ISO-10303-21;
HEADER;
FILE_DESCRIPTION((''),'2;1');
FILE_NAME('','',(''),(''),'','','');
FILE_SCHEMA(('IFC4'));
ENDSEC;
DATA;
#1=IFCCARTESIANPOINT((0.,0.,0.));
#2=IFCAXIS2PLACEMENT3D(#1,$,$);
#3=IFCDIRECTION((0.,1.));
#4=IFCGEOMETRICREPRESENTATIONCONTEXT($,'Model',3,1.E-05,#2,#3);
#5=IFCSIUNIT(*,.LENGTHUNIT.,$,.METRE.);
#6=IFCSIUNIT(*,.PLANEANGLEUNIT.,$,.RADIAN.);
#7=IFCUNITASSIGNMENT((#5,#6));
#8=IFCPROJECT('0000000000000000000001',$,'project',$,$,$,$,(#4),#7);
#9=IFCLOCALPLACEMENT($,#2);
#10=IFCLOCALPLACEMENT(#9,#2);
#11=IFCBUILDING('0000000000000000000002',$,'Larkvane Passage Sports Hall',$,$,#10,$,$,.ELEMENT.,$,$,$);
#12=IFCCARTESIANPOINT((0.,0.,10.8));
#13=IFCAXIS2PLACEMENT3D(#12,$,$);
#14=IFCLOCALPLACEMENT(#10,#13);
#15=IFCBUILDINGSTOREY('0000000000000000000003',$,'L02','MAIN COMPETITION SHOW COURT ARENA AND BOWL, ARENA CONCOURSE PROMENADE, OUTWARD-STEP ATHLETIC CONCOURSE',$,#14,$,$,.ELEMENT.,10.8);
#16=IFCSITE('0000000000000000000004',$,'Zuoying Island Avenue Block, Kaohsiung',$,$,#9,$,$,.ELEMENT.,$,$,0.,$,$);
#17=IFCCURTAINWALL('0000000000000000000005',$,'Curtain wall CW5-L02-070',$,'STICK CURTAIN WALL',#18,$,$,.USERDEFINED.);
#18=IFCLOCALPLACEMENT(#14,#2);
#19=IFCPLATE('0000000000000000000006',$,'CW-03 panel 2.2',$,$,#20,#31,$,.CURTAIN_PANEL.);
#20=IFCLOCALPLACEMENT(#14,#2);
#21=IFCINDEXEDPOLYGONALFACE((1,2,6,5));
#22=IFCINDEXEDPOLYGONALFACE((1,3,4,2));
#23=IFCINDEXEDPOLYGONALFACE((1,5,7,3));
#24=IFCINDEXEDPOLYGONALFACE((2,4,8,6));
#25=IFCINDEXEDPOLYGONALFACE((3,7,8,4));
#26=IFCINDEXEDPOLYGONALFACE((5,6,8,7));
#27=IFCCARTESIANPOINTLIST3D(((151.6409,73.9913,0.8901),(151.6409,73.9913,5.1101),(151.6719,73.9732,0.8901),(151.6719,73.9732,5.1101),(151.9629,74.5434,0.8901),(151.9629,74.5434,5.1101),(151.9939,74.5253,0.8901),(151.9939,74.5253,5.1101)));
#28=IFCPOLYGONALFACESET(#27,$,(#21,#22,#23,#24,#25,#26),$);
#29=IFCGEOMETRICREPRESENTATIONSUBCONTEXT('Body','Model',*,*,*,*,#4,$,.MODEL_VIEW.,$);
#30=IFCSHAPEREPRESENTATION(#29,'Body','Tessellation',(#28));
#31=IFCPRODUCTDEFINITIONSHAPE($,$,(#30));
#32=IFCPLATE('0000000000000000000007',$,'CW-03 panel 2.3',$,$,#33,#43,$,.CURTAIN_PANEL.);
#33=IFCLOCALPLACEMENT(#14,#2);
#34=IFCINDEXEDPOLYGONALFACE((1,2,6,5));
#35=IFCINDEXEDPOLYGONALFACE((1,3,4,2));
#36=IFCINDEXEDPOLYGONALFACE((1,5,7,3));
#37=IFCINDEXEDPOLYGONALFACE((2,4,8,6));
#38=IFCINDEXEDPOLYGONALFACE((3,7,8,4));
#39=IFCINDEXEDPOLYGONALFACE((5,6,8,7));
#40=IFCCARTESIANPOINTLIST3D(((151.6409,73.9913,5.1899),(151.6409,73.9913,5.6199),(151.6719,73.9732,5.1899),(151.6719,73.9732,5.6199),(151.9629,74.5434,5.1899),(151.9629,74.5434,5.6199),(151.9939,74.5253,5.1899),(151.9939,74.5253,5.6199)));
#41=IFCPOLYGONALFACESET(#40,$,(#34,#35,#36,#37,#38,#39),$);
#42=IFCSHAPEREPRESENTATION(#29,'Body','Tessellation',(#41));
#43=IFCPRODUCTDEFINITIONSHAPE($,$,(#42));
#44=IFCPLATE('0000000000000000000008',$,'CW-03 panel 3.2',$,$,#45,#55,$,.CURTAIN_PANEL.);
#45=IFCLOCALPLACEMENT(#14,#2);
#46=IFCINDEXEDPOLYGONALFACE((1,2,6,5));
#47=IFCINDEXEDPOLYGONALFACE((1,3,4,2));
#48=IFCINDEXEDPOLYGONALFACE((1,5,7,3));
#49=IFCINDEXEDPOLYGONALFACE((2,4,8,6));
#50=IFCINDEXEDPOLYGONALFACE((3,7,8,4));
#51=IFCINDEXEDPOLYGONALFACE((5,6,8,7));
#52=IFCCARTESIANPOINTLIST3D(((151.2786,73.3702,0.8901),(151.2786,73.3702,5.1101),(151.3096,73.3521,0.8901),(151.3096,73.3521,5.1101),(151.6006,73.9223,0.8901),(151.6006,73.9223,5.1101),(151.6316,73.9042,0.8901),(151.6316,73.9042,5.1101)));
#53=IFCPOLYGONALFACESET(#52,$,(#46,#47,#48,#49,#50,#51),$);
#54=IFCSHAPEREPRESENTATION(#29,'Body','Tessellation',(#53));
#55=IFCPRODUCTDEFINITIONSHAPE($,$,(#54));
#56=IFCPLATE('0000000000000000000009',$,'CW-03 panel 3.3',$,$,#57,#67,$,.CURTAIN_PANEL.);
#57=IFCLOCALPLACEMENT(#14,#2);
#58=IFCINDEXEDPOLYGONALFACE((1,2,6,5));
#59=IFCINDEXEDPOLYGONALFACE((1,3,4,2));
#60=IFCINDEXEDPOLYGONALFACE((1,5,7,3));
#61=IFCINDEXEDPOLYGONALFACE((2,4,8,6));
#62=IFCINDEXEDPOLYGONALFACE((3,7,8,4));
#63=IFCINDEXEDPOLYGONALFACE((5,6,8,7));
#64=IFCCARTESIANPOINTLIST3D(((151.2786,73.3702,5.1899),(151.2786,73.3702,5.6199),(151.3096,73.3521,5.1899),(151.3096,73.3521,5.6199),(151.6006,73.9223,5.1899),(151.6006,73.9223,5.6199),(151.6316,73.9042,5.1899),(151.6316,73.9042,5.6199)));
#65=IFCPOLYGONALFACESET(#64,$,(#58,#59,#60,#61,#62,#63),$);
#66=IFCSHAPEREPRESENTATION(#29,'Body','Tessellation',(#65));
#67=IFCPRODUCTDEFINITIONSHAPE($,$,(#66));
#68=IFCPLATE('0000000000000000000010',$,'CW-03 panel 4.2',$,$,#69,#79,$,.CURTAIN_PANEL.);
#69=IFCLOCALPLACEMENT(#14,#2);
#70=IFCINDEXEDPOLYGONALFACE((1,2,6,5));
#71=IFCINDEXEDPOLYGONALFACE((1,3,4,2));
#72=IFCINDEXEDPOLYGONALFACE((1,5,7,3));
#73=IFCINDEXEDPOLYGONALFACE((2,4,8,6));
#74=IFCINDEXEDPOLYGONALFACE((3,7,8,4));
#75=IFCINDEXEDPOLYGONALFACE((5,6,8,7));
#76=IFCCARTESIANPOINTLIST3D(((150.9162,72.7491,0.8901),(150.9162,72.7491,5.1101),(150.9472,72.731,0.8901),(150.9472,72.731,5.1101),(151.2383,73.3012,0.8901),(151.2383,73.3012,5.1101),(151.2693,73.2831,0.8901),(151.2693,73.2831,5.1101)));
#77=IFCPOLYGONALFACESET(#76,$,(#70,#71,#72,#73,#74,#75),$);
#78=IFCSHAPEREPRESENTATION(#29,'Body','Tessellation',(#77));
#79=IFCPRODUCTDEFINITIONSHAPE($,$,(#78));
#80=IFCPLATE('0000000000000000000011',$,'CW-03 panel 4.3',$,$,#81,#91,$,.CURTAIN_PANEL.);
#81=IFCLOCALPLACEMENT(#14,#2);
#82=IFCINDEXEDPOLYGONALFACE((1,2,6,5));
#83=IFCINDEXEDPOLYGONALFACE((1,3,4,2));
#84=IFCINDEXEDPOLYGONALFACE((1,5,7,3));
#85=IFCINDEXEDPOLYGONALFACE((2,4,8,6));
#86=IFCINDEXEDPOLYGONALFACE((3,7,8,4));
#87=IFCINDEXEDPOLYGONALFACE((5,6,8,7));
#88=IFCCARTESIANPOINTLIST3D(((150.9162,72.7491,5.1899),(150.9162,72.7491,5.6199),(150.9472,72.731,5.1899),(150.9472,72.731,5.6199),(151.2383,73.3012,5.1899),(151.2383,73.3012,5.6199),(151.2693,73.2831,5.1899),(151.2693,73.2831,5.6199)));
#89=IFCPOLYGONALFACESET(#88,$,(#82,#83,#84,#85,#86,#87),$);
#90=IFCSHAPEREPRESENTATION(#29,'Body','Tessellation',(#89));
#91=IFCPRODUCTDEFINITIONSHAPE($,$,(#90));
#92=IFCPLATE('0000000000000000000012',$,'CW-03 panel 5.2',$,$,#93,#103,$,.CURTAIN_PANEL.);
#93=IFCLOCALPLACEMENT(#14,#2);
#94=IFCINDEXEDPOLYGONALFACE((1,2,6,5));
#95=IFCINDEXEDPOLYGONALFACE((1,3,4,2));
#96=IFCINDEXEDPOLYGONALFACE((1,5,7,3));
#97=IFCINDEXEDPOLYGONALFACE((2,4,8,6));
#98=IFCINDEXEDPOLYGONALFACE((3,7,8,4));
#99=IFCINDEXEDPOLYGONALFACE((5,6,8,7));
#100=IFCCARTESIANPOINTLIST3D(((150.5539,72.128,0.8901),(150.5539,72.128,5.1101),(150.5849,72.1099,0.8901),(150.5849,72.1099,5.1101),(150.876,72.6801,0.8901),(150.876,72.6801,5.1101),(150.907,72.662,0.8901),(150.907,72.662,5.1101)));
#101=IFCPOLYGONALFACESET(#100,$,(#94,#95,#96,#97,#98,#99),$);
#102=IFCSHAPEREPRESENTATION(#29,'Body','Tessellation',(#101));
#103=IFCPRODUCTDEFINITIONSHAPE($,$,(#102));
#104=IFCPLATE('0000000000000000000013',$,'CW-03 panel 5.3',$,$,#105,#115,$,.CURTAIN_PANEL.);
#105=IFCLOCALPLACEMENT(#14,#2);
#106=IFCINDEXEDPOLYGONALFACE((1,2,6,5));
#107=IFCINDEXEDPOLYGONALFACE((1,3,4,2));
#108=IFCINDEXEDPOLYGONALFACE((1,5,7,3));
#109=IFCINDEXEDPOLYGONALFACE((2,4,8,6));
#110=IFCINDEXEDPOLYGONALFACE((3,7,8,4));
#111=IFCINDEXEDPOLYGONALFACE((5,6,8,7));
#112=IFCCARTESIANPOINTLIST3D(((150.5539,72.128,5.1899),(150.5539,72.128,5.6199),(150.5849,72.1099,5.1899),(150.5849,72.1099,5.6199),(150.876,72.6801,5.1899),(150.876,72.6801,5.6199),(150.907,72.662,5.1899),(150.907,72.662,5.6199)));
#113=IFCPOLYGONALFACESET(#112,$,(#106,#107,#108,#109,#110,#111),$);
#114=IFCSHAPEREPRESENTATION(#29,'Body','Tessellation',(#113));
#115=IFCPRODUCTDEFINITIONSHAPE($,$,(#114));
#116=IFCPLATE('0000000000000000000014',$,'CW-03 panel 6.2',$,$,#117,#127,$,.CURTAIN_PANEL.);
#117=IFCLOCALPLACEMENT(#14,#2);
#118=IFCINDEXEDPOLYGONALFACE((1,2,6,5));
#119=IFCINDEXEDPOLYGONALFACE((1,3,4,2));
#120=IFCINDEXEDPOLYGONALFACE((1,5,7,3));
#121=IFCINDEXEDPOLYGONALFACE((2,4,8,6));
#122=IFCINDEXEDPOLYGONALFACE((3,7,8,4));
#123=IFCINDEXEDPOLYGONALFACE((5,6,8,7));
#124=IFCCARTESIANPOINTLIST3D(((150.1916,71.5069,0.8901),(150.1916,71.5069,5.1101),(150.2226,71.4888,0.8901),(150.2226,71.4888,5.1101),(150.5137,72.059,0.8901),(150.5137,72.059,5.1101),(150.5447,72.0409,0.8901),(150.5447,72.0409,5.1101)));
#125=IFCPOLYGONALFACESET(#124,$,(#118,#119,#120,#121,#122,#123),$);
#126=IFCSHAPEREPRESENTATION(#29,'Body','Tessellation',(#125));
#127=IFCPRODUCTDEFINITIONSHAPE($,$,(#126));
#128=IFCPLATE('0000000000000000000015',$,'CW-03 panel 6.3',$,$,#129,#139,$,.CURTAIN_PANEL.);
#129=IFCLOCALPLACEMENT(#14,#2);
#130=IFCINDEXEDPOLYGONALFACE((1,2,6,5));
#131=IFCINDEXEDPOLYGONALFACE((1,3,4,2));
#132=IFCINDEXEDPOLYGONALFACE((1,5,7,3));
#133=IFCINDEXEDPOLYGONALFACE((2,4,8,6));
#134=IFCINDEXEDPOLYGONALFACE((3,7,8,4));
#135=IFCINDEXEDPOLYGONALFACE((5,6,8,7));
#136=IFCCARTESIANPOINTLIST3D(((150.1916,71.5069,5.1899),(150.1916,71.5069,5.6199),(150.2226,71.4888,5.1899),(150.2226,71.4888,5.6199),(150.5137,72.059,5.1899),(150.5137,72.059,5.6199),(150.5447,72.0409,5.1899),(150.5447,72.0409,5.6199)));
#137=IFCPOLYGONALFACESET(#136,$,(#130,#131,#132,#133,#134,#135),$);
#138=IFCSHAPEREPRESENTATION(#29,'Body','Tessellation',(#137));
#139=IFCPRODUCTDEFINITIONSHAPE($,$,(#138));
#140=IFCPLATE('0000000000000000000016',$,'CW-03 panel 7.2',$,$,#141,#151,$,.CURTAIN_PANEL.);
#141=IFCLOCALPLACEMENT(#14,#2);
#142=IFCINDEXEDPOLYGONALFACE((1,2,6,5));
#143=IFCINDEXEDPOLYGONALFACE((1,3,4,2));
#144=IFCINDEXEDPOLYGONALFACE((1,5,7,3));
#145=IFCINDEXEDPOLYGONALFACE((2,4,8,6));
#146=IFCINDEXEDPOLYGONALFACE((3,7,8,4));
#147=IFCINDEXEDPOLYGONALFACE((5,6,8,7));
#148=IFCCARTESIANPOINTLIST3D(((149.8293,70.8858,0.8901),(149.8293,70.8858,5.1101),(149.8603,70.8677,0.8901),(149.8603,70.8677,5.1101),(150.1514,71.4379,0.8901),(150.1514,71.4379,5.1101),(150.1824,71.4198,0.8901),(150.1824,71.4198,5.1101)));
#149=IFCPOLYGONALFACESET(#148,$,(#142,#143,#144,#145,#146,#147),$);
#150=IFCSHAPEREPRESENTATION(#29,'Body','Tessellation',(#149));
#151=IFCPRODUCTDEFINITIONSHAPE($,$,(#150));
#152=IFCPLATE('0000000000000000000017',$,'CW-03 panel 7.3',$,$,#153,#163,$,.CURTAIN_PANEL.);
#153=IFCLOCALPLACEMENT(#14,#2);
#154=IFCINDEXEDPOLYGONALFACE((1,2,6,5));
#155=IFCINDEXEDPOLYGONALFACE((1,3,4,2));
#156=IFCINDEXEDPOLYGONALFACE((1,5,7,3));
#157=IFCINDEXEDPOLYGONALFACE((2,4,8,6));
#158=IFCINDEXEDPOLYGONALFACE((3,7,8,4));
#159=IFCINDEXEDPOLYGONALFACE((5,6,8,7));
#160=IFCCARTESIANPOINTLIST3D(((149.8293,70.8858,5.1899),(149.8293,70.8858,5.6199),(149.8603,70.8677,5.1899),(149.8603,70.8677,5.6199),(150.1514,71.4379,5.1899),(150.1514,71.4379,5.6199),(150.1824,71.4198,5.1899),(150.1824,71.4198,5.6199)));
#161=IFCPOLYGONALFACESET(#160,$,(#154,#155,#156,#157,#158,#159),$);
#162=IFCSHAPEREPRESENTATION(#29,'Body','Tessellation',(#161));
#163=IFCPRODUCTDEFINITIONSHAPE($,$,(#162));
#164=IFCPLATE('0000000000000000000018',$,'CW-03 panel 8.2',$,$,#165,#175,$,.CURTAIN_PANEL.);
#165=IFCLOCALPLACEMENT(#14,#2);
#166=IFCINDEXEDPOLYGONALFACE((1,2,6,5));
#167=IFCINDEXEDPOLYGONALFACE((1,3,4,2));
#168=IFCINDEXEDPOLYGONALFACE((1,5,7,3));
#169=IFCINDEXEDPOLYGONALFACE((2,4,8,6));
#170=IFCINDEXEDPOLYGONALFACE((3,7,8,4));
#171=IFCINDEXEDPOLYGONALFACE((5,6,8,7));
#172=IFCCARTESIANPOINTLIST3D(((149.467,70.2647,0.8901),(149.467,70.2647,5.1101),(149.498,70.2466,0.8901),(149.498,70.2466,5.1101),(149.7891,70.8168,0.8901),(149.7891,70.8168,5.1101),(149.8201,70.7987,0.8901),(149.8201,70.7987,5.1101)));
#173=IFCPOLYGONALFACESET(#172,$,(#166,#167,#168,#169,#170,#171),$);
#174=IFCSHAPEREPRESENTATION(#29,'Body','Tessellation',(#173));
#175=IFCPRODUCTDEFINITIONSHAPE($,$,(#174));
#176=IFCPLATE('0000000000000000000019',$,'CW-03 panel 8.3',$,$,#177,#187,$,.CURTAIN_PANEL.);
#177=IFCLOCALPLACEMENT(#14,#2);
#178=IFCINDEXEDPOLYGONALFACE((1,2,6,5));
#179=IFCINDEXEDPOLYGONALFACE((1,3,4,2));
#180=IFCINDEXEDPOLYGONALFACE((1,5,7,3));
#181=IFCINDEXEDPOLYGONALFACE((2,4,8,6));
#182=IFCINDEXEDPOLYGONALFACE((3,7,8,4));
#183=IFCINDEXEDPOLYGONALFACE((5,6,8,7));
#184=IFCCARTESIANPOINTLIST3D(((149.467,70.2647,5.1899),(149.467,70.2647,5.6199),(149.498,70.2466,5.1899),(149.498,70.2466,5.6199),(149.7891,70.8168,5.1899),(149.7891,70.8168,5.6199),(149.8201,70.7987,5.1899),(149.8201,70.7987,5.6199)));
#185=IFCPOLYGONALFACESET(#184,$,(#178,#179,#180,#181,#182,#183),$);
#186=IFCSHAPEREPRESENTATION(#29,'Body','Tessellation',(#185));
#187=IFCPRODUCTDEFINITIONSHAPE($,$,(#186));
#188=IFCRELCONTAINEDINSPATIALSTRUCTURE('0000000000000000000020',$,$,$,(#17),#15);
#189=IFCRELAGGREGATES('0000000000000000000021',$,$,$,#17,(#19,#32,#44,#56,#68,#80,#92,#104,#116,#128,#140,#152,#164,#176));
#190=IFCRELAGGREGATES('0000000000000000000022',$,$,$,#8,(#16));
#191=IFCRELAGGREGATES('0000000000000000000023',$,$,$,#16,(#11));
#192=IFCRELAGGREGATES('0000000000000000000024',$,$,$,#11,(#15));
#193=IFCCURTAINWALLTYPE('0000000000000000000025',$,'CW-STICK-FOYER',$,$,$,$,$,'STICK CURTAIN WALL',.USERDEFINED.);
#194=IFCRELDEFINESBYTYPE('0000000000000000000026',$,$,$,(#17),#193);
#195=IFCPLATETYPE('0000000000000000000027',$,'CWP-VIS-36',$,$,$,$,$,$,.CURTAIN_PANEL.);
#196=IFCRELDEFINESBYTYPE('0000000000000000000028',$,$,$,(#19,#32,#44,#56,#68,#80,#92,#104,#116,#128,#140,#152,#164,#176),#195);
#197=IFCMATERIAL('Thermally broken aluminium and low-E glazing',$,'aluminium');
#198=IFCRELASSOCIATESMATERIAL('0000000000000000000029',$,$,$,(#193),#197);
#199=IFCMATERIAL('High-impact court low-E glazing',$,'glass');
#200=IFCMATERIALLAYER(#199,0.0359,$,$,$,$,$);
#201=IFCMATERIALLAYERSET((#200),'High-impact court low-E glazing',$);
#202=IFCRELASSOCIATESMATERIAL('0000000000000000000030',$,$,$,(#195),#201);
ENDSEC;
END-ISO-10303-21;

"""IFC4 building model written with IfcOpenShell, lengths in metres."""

from ifc_helpers import new_model, si_unit, direction, frame, origin, origin_2d, place, context, subcontext, project, spatial, rectangle, extrude, material, layer, layer_set, type_object, element, aggregate, save


model = new_model("IFC4")

# Units and contexts
model_context = context("Model", 3, precision=1e-05, world=origin(), true_north=direction((0.0, 1.0)))
body_context = subcontext(model_context, "Body", "Model", "MODEL_VIEW")
ifc_project = project(units=[si_unit("LENGTHUNIT", "METRE"), si_unit("PLANEANGLEUNIT", "RADIAN")], contexts=[model_context])

# Site, building, storey
site_placement = place(None, origin())
site = spatial("IfcSite", under=ifc_project, at=site_placement, Name="Zuoying Island Avenue Block, Kaohsiung", CompositionType="ELEMENT", RefElevation=0.0)
building_placement = place(site_placement, origin())
building = spatial("IfcBuilding", under=site, at=building_placement, Name="Larkvane Passage Sports Hall", CompositionType="ELEMENT")
storey_placement = place(building_placement, frame((0.0, 0.0, 10.8)))
storey = spatial("IfcBuildingStorey", under=building, at=storey_placement, Name="L02", Description="MAIN COMPETITION SHOW COURT ARENA AND BOWL, ARENA CONCOURSE PROMENADE, OUTWARD-STEP ATHLETIC CONCOURSE", CompositionType="ELEMENT", Elevation=10.8)

# Curtain wall, plates
ifc_material_1 = material(Name="Thermally broken aluminium and low-E glazing", Category="aluminium")
curtain_wall_type = type_object("IfcCurtainWallType", Name="CW-STICK-FOYER", ElementType="STICK CURTAIN WALL", PredefinedType="USERDEFINED", material=ifc_material_1)
curtain_wall_placement = place(storey_placement, origin())
curtain_wall = element("IfcCurtainWall", 1, at=curtain_wall_placement, inside=storey, type_object=curtain_wall_type, Name="Curtain wall CW5-L02-070", ObjectType="STICK CURTAIN WALL", PredefinedType="USERDEFINED")
ifc_material_2 = material(Name="High-impact court low-E glazing", Category="glass")
ifc_layer = layer(ifc_material_2, 0.0359)
ifc_layer_set = layer_set([ifc_layer], Name="High-impact court low-E glazing")
plate_type = type_object("IfcPlateType", Name="CWP-VIS-36", PredefinedType="CURTAIN_PANEL", material=ifc_layer_set)
plate_1_placement = place(storey_placement, frame((151.8174, 74.2583, 0.8901), z_axis=(0.0, 0.0, 1.0), x_axis=(-0.503867, -0.863781, 0.0)))
plate_1 = element("IfcPlate", 2, at=plate_1_placement, type_object=plate_type, Name="CW-03 panel 2.2", PredefinedType="CURTAIN_PANEL", context=body_context, shape_type="SweptSolid", body=[
    extrude(rectangle(XDim=0.6392, YDim=0.0359, at=origin_2d()), origin(), (0.0, 0.0, 1.0), 4.22),
])
plate_2_placement = place(storey_placement, frame((151.8174, 74.2583, 5.1899), z_axis=(0.0, 0.0, 1.0), x_axis=(-0.503867, -0.863781, 0.0)))
plate_2 = element("IfcPlate", 3, at=plate_2_placement, type_object=plate_type, Name="CW-03 panel 2.3", PredefinedType="CURTAIN_PANEL", context=body_context, shape_type="SweptSolid", body=[
    extrude(rectangle(XDim=0.6392, YDim=0.0359, at=origin_2d()), origin(), (0.0, 0.0, 1.0), 0.4299),
])
plate_3_placement = place(storey_placement, frame((151.4551, 73.6372, 0.8901), z_axis=(0.0, 0.0, 1.0), x_axis=(-0.503867, -0.863781, 0.0)))
plate_3 = element("IfcPlate", 4, at=plate_3_placement, type_object=plate_type, Name="CW-03 panel 3.2", PredefinedType="CURTAIN_PANEL", context=body_context, shape_type="SweptSolid", body=[
    extrude(rectangle(XDim=0.6392, YDim=0.0359, at=origin_2d()), origin(), (0.0, 0.0, 1.0), 4.22),
])
plate_4_placement = place(storey_placement, frame((151.4551, 73.6372, 5.1899), z_axis=(0.0, 0.0, 1.0), x_axis=(-0.503867, -0.863781, 0.0)))
plate_4 = element("IfcPlate", 5, at=plate_4_placement, type_object=plate_type, Name="CW-03 panel 3.3", PredefinedType="CURTAIN_PANEL", context=body_context, shape_type="SweptSolid", body=[
    extrude(rectangle(XDim=0.6392, YDim=0.0359, at=origin_2d()), origin(), (0.0, 0.0, 1.0), 0.4299),
])
plate_5_placement = place(storey_placement, frame((151.0928, 73.0161, 0.8901), z_axis=(0.0, 0.0, 1.0), x_axis=(-0.503867, -0.863781, 0.0)))
plate_5 = element("IfcPlate", 6, at=plate_5_placement, type_object=plate_type, Name="CW-03 panel 4.2", PredefinedType="CURTAIN_PANEL", context=body_context, shape_type="SweptSolid", body=[
    extrude(rectangle(XDim=0.6392, YDim=0.0359, at=origin_2d()), origin(), (0.0, 0.0, 1.0), 4.22),
])
plate_6_placement = place(storey_placement, frame((151.0928, 73.0161, 5.1899), z_axis=(0.0, 0.0, 1.0), x_axis=(-0.503867, -0.863781, 0.0)))
plate_6 = element("IfcPlate", 7, at=plate_6_placement, type_object=plate_type, Name="CW-03 panel 4.3", PredefinedType="CURTAIN_PANEL", context=body_context, shape_type="SweptSolid", body=[
    extrude(rectangle(XDim=0.6392, YDim=0.0359, at=origin_2d()), origin(), (0.0, 0.0, 1.0), 0.4299),
])
plate_7_placement = place(storey_placement, frame((150.7305, 72.395, 0.8901), z_axis=(0.0, 0.0, 1.0), x_axis=(-0.503867, -0.863781, 0.0)))
plate_7 = element("IfcPlate", 8, at=plate_7_placement, type_object=plate_type, Name="CW-03 panel 5.2", PredefinedType="CURTAIN_PANEL", context=body_context, shape_type="SweptSolid", body=[
    extrude(rectangle(XDim=0.6392, YDim=0.0359, at=origin_2d()), origin(), (0.0, 0.0, 1.0), 4.22),
])
plate_8_placement = place(storey_placement, frame((150.7305, 72.395, 5.1899), z_axis=(0.0, 0.0, 1.0), x_axis=(-0.503867, -0.863781, 0.0)))
plate_8 = element("IfcPlate", 9, at=plate_8_placement, type_object=plate_type, Name="CW-03 panel 5.3", PredefinedType="CURTAIN_PANEL", context=body_context, shape_type="SweptSolid", body=[
    extrude(rectangle(XDim=0.6392, YDim=0.0359, at=origin_2d()), origin(), (0.0, 0.0, 1.0), 0.4299),
])
plate_9_placement = place(storey_placement, frame((150.3682, 71.7739, 0.8901), z_axis=(0.0, 0.0, 1.0), x_axis=(-0.503867, -0.863781, 0.0)))
plate_9 = element("IfcPlate", 10, at=plate_9_placement, type_object=plate_type, Name="CW-03 panel 6.2", PredefinedType="CURTAIN_PANEL", context=body_context, shape_type="SweptSolid", body=[
    extrude(rectangle(XDim=0.6392, YDim=0.0359, at=origin_2d()), origin(), (0.0, 0.0, 1.0), 4.22),
])
plate_10_placement = place(storey_placement, frame((150.3682, 71.7739, 5.1899), z_axis=(0.0, 0.0, 1.0), x_axis=(-0.503867, -0.863781, 0.0)))
plate_10 = element("IfcPlate", 11, at=plate_10_placement, type_object=plate_type, Name="CW-03 panel 6.3", PredefinedType="CURTAIN_PANEL", context=body_context, shape_type="SweptSolid", body=[
    extrude(rectangle(XDim=0.6392, YDim=0.0359, at=origin_2d()), origin(), (0.0, 0.0, 1.0), 0.4299),
])
plate_11_placement = place(storey_placement, frame((150.0059, 71.1528, 0.8901), z_axis=(0.0, 0.0, 1.0), x_axis=(-0.503867, -0.863781, 0.0)))
plate_11 = element("IfcPlate", 12, at=plate_11_placement, type_object=plate_type, Name="CW-03 panel 7.2", PredefinedType="CURTAIN_PANEL", context=body_context, shape_type="SweptSolid", body=[
    extrude(rectangle(XDim=0.6392, YDim=0.0359, at=origin_2d()), origin(), (0.0, 0.0, 1.0), 4.22),
])
plate_12_placement = place(storey_placement, frame((150.0059, 71.1528, 5.1899), z_axis=(0.0, 0.0, 1.0), x_axis=(-0.503867, -0.863781, 0.0)))
plate_12 = element("IfcPlate", 13, at=plate_12_placement, type_object=plate_type, Name="CW-03 panel 7.3", PredefinedType="CURTAIN_PANEL", context=body_context, shape_type="SweptSolid", body=[
    extrude(rectangle(XDim=0.6392, YDim=0.0359, at=origin_2d()), origin(), (0.0, 0.0, 1.0), 0.4299),
])
plate_13_placement = place(storey_placement, frame((149.6436, 70.5317, 0.8901), z_axis=(0.0, 0.0, 1.0), x_axis=(-0.503867, -0.863781, 0.0)))
plate_13 = element("IfcPlate", 14, at=plate_13_placement, type_object=plate_type, Name="CW-03 panel 8.2", PredefinedType="CURTAIN_PANEL", context=body_context, shape_type="SweptSolid", body=[
    extrude(rectangle(XDim=0.6392, YDim=0.0359, at=origin_2d()), origin(), (0.0, 0.0, 1.0), 4.22),
])
plate_14_placement = place(storey_placement, frame((149.6436, 70.5317, 5.1899), z_axis=(0.0, 0.0, 1.0), x_axis=(-0.503867, -0.863781, 0.0)))
plate_14 = element("IfcPlate", 15, at=plate_14_placement, type_object=plate_type, Name="CW-03 panel 8.3", PredefinedType="CURTAIN_PANEL", context=body_context, shape_type="SweptSolid", body=[
    extrude(rectangle(XDim=0.6392, YDim=0.0359, at=origin_2d()), origin(), (0.0, 0.0, 1.0), 0.4299),
])
aggregate(curtain_wall, [plate_1, plate_2, plate_3, plate_4, plate_5, plate_6, plate_7, plate_8, plate_9, plate_10, plate_11, plate_12, plate_13, plate_14])

save(model, "model.ifc")
